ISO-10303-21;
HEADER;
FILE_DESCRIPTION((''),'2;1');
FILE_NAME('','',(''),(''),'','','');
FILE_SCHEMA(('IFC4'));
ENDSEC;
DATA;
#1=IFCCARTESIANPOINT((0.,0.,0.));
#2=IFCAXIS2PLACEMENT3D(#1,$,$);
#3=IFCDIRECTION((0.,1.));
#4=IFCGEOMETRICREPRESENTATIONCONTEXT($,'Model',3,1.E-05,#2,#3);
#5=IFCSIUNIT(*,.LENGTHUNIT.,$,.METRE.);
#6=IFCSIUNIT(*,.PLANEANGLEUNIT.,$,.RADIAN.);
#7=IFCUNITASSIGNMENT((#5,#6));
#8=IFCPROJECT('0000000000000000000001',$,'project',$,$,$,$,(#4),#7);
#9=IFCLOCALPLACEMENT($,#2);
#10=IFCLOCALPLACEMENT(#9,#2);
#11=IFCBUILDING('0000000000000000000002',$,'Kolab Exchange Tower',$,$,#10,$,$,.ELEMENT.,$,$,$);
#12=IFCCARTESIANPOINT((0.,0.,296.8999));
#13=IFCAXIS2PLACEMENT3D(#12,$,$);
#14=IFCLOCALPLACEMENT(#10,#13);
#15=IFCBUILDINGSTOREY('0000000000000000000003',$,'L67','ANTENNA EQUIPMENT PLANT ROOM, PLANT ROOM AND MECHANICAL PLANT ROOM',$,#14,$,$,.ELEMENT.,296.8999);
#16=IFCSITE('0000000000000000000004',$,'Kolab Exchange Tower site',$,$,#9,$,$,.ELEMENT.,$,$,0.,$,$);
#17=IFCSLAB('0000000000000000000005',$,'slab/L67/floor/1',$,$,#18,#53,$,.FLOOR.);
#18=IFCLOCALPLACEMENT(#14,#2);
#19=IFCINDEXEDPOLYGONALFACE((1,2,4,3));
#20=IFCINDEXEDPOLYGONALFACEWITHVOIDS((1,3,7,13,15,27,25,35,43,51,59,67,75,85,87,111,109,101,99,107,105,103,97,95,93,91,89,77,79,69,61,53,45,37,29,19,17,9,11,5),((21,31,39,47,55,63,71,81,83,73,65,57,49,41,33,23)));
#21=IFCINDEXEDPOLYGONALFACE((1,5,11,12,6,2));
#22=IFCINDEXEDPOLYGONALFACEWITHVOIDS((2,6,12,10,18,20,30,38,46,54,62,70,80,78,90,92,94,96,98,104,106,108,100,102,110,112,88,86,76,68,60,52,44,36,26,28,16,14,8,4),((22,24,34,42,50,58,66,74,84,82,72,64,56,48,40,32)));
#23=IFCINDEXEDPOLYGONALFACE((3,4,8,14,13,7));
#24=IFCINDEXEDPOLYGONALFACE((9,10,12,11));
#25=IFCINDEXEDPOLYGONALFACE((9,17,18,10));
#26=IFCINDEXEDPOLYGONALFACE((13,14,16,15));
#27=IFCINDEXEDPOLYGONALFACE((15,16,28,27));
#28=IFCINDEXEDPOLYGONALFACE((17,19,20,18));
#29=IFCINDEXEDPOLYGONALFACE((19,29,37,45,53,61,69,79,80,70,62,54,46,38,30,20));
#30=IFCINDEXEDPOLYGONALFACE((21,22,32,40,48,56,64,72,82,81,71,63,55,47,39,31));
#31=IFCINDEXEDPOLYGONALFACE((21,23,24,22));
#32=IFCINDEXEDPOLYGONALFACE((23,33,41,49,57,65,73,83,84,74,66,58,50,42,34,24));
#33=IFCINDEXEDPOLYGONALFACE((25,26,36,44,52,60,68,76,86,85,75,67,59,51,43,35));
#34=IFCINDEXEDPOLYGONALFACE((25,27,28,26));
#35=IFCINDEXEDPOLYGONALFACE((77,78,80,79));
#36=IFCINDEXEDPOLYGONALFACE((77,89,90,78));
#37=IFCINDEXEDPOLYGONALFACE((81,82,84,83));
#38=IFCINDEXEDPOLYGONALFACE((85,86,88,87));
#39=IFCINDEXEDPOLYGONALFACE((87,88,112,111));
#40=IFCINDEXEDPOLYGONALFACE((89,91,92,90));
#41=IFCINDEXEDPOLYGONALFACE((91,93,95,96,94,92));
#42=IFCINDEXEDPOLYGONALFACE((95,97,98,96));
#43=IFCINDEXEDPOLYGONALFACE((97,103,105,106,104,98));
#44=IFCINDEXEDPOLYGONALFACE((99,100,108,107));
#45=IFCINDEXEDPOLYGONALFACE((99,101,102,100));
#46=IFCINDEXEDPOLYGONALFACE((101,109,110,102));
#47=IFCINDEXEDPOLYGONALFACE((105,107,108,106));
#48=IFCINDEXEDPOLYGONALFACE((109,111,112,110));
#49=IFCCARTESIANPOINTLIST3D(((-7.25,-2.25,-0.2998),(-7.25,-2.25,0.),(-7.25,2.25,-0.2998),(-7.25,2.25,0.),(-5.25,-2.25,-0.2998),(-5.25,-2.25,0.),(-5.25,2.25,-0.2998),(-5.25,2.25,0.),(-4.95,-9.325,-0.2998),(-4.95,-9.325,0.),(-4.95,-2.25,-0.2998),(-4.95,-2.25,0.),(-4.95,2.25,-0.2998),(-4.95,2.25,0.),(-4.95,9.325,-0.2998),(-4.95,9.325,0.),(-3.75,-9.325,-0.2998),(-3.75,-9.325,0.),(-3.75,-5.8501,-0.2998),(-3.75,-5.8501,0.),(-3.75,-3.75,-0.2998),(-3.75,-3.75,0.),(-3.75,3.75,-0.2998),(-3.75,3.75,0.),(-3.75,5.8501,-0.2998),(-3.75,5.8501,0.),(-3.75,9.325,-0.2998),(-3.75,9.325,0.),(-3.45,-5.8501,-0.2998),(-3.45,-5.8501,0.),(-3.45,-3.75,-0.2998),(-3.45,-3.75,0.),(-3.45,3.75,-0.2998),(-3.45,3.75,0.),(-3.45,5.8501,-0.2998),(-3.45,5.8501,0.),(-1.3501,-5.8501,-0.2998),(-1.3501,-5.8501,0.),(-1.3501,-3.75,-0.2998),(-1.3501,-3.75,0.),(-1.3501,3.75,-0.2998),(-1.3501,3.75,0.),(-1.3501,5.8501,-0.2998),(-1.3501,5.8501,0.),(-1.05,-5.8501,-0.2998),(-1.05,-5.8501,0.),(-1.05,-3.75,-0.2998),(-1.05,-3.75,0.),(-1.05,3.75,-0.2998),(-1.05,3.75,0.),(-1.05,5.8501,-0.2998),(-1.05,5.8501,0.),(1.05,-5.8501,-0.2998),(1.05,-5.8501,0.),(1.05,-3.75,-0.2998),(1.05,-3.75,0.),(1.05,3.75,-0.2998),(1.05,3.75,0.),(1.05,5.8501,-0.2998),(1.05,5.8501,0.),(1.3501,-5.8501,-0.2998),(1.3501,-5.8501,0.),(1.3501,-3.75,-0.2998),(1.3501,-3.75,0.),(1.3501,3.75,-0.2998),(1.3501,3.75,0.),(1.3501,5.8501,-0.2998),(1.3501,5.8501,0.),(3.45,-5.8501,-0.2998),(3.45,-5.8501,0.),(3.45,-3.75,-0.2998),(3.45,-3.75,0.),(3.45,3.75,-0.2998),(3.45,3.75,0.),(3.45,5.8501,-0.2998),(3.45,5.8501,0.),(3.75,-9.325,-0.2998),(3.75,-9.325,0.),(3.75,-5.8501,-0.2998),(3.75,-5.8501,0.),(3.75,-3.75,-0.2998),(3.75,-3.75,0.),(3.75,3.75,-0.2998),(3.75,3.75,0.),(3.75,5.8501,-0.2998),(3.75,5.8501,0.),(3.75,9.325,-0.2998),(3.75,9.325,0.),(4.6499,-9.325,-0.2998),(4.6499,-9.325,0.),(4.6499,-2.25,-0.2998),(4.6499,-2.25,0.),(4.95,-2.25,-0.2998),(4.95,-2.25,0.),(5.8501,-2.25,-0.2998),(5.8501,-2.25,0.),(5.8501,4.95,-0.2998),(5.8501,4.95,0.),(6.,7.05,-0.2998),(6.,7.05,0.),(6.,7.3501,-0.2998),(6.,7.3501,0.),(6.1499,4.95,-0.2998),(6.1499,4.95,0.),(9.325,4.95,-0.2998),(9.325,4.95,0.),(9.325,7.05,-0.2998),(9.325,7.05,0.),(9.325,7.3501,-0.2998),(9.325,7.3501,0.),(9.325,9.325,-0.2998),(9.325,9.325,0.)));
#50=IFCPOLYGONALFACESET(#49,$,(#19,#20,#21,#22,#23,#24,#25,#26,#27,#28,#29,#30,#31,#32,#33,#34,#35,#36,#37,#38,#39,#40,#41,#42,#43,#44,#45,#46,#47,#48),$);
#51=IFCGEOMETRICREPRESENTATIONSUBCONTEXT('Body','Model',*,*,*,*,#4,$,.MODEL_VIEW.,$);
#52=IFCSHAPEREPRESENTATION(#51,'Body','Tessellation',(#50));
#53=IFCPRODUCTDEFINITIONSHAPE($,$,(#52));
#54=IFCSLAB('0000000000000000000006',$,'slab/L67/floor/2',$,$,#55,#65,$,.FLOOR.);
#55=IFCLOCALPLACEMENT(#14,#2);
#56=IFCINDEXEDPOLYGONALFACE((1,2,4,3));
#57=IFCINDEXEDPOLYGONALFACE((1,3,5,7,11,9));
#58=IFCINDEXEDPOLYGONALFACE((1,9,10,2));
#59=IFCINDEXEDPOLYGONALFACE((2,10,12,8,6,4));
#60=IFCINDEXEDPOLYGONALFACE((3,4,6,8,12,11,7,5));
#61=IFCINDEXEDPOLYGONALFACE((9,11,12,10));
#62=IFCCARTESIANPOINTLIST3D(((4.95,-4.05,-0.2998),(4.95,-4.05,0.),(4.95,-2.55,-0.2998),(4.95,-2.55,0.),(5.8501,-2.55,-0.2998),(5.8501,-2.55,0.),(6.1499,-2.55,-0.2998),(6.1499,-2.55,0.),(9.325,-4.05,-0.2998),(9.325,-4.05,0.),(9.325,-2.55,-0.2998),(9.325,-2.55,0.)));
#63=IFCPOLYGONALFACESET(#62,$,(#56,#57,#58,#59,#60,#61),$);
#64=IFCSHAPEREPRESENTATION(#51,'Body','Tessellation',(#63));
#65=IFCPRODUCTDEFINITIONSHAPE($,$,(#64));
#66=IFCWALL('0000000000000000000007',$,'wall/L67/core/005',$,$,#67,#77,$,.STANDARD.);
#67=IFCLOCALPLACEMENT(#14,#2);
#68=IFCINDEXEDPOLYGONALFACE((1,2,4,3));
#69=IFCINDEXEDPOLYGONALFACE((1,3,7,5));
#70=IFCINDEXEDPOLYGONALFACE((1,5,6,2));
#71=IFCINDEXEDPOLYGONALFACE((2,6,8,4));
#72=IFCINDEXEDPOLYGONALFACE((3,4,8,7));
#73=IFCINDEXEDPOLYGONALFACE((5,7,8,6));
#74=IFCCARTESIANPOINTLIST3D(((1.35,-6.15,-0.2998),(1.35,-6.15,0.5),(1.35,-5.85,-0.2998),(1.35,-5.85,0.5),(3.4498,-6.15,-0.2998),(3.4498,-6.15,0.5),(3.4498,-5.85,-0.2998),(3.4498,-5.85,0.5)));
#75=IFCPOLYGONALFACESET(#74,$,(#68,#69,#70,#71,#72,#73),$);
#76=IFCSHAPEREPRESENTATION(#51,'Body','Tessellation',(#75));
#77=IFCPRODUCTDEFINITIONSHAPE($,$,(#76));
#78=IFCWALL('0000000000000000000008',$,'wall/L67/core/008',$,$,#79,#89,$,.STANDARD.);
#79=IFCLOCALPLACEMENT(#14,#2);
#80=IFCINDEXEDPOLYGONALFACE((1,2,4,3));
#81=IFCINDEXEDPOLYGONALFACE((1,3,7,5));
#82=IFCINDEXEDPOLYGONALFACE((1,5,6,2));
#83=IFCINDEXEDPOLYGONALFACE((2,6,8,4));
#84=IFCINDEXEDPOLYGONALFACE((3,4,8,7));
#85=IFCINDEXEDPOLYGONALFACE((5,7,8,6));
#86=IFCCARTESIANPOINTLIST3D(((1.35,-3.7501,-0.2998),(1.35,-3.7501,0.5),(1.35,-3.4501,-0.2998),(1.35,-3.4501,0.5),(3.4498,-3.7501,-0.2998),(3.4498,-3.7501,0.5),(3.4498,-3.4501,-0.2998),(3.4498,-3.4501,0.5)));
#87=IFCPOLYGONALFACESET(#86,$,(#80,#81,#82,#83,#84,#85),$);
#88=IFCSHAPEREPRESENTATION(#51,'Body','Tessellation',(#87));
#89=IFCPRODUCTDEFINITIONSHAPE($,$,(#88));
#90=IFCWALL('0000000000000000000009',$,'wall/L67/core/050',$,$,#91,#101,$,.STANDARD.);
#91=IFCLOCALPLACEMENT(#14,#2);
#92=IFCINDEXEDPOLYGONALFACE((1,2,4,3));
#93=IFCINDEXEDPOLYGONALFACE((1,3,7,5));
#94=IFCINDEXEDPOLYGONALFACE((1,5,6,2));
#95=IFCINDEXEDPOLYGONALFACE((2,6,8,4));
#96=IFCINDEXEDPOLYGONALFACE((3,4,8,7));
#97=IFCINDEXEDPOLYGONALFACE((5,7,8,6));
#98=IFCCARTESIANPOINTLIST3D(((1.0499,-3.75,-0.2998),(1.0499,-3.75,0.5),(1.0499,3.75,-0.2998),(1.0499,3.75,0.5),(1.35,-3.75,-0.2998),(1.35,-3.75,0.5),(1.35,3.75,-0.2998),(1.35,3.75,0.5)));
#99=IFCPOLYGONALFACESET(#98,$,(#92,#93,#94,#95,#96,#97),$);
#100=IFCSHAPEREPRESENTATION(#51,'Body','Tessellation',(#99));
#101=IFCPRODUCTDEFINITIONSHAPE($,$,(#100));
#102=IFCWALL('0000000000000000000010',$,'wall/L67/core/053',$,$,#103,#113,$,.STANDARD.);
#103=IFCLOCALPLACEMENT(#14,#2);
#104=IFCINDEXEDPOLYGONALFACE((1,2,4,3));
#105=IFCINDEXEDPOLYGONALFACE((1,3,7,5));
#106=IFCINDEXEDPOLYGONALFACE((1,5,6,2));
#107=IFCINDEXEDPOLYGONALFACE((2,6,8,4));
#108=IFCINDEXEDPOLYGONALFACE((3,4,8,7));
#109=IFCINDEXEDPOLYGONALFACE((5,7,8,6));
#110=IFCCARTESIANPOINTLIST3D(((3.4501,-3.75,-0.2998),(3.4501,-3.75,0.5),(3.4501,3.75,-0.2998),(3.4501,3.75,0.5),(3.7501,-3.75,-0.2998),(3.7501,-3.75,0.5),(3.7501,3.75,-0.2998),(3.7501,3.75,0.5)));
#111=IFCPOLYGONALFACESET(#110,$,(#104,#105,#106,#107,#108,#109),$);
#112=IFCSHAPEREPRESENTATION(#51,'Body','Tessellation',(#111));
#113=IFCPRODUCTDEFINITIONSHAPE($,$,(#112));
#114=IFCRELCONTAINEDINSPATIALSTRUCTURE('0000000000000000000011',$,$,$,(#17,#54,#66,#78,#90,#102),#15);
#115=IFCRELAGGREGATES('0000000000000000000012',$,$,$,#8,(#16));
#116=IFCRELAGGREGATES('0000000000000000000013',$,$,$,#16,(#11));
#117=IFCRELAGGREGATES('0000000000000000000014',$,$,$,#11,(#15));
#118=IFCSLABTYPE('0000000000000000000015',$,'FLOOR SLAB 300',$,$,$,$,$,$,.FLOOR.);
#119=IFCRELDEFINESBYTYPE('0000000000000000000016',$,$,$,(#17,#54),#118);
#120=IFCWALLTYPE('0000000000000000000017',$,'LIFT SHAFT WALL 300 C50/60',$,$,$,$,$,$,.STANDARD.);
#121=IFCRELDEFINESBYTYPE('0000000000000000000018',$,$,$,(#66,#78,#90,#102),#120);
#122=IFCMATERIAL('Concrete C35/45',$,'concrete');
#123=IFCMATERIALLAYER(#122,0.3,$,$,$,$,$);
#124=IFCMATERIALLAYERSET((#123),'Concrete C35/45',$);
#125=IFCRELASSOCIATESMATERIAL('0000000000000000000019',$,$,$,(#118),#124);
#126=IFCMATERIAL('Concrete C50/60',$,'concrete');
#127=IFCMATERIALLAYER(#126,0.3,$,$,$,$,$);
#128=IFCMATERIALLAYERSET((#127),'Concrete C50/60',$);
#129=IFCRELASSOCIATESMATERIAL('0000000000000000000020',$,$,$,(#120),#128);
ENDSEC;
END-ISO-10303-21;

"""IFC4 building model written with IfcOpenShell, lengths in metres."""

from ifc_helpers import new_model, si_unit, direction, frame, frame_2d, origin, place, context, subcontext, project, spatial, polyline, rectangle, outline, extrude, material, layer, layer_set, type_object, element, save


model = new_model("IFC4")

# Units and contexts
model_context = context("Model", 3, precision=1e-05, world=origin(), true_north=direction((0.0, 1.0)))
body_context = subcontext(model_context, "Body", "Model", "MODEL_VIEW")
ifc_project = project(units=[si_unit("LENGTHUNIT", "METRE"), si_unit("PLANEANGLEUNIT", "RADIAN")], contexts=[model_context])

# Site, building, storey
site_placement = place(None, origin())
site = spatial("IfcSite", under=ifc_project, at=site_placement, Name="Kolab Exchange Tower site", CompositionType="ELEMENT", RefElevation=0.0)
building_placement = place(site_placement, origin())
building = spatial("IfcBuilding", under=site, at=building_placement, Name="Kolab Exchange Tower", CompositionType="ELEMENT")
storey_placement = place(building_placement, frame((0.0, 0.0, 296.8999)))
storey = spatial("IfcBuildingStorey", under=building, at=storey_placement, Name="L67", Description="ANTENNA EQUIPMENT PLANT ROOM, PLANT ROOM AND MECHANICAL PLANT ROOM", CompositionType="ELEMENT", Elevation=296.8999)

# Slabs
ifc_material_1 = material(Name="Concrete C35/45", Category="concrete")
ifc_layer_1 = layer(ifc_material_1, 0.3)
ifc_layer_set_1 = layer_set([ifc_layer_1], Name="Concrete C35/45")
slab_type = type_object("IfcSlabType", Name="FLOOR SLAB 300", PredefinedType="FLOOR", material=ifc_layer_set_1)
slab_1_placement = place(storey_placement, frame((0.0, 0.0, -0.2998)))
element("IfcSlab", 1, at=slab_1_placement, inside=storey, type_object=slab_type, Name="slab/L67/floor/1", PredefinedType="FLOOR", context=body_context, shape_type="SweptSolid", body=[
    extrude(outline(polyline([(-4.95, 9.325), (-4.95, 2.25), (-5.25, 2.25), (-7.25, 2.25), (-7.25, -2.25), (-5.25, -2.25), (-4.95, -2.25), (-4.95, -9.325), (-3.75, -9.325), (-3.75, -5.8501), (-3.45, -5.8501), (-1.3501, -5.8501), (-1.05, -5.8501), (1.05, -5.8501), (1.3501, -5.8501), (3.45, -5.8501), (3.75, -5.8501), (3.75, -9.325), (4.6499, -9.325), (4.6499, -2.25), (4.95, -2.25), (5.8501, -2.25), (5.8501, 4.95), (6.1499, 4.95), (9.325, 4.95), (9.325, 7.05), (6.0, 7.05), (6.0, 7.3501), (9.325, 7.3501), (9.325, 9.325), (3.75, 9.325), (3.75, 5.8501), (3.45, 5.8501), (1.3501, 5.8501), (1.05, 5.8501), (-1.05, 5.8501), (-1.3501, 5.8501), (-3.45, 5.8501), (-3.75, 5.8501), (-3.75, 9.325), (-4.95, 9.325)]), holes=[polyline([(-1.3501, -3.75), (-3.45, -3.75), (-3.75, -3.75), (-3.75, 3.75), (-3.45, 3.75), (-1.3501, 3.75), (-1.05, 3.75), (1.05, 3.75), (1.3501, 3.75), (3.45, 3.75), (3.75, 3.75), (3.75, -3.75), (3.45, -3.75), (1.3501, -3.75), (1.05, -3.75), (-1.05, -3.75), (-1.3501, -3.75)])]), origin(), (0.0, 0.0, 1.0), 0.2998),
])
slab_2_placement = place(storey_placement, frame((0.0, 0.0, -0.2998)))
element("IfcSlab", 2, at=slab_2_placement, inside=storey, type_object=slab_type, Name="slab/L67/floor/2", PredefinedType="FLOOR", context=body_context, shape_type="SweptSolid", body=[
    extrude(outline(polyline([(4.95, -4.05), (9.325, -4.05), (9.325, -2.55), (6.1499, -2.55), (5.8501, -2.55), (4.95, -2.55), (4.95, -4.05)])), origin(), (0.0, 0.0, 1.0), 0.2998),
])

# Walls
ifc_material_2 = material(Name="Concrete C50/60", Category="concrete")
ifc_layer_2 = layer(ifc_material_2, 0.3)
ifc_layer_set_2 = layer_set([ifc_layer_2], Name="Concrete C50/60")
wall_type_1 = type_object("IfcWallType", Name="LIFT SHAFT WALL 300 C50/60", PredefinedType="STANDARD", material=ifc_layer_set_2)
for number, where, z_axis, x_axis, name in (
    (3, (1.3501, -6.0, -0.2998), (0.0, 0.0, 1.0), (1.0, 0.0, 0.0), "wall/L67/core/005"),
    (4, (1.3501, -3.6001, -0.2998), (0.0, 0.0, 1.0), (1.0, 0.0, 0.0), "wall/L67/core/008"),
):
    element("IfcWall", number, at=place(storey_placement, frame(where, z_axis=z_axis, x_axis=x_axis)), inside=storey, type_object=wall_type_1, Name=name, PredefinedType="STANDARD", context=body_context, shape_type="SweptSolid", body=[
        extrude(rectangle(XDim=2.0999, YDim=0.3, at=frame_2d((1.0498, 0.0))), origin(), (0.0, 0.0, 1.0), 0.7998),
    ])
for number, where, z_axis, x_axis, name in (
    (5, (1.2, -3.75, -0.2998), (0.0, 0.0, 1.0), (0.0, 1.0, 0.0), "wall/L67/core/050"),
    (6, (3.6001, -3.75, -0.2998), (0.0, 0.0, 1.0), (0.0, 1.0, 0.0), "wall/L67/core/053"),
):
    element("IfcWall", number, at=place(storey_placement, frame(where, z_axis=z_axis, x_axis=x_axis)), inside=storey, type_object=wall_type_1, Name=name, PredefinedType="STANDARD", context=body_context, shape_type="SweptSolid", body=[
        extrude(rectangle(XDim=7.5, YDim=0.3, at=frame_2d((3.75, 0.0))), origin(), (0.0, 0.0, 1.0), 0.7998),
    ])

save(model, "model.ifc")
